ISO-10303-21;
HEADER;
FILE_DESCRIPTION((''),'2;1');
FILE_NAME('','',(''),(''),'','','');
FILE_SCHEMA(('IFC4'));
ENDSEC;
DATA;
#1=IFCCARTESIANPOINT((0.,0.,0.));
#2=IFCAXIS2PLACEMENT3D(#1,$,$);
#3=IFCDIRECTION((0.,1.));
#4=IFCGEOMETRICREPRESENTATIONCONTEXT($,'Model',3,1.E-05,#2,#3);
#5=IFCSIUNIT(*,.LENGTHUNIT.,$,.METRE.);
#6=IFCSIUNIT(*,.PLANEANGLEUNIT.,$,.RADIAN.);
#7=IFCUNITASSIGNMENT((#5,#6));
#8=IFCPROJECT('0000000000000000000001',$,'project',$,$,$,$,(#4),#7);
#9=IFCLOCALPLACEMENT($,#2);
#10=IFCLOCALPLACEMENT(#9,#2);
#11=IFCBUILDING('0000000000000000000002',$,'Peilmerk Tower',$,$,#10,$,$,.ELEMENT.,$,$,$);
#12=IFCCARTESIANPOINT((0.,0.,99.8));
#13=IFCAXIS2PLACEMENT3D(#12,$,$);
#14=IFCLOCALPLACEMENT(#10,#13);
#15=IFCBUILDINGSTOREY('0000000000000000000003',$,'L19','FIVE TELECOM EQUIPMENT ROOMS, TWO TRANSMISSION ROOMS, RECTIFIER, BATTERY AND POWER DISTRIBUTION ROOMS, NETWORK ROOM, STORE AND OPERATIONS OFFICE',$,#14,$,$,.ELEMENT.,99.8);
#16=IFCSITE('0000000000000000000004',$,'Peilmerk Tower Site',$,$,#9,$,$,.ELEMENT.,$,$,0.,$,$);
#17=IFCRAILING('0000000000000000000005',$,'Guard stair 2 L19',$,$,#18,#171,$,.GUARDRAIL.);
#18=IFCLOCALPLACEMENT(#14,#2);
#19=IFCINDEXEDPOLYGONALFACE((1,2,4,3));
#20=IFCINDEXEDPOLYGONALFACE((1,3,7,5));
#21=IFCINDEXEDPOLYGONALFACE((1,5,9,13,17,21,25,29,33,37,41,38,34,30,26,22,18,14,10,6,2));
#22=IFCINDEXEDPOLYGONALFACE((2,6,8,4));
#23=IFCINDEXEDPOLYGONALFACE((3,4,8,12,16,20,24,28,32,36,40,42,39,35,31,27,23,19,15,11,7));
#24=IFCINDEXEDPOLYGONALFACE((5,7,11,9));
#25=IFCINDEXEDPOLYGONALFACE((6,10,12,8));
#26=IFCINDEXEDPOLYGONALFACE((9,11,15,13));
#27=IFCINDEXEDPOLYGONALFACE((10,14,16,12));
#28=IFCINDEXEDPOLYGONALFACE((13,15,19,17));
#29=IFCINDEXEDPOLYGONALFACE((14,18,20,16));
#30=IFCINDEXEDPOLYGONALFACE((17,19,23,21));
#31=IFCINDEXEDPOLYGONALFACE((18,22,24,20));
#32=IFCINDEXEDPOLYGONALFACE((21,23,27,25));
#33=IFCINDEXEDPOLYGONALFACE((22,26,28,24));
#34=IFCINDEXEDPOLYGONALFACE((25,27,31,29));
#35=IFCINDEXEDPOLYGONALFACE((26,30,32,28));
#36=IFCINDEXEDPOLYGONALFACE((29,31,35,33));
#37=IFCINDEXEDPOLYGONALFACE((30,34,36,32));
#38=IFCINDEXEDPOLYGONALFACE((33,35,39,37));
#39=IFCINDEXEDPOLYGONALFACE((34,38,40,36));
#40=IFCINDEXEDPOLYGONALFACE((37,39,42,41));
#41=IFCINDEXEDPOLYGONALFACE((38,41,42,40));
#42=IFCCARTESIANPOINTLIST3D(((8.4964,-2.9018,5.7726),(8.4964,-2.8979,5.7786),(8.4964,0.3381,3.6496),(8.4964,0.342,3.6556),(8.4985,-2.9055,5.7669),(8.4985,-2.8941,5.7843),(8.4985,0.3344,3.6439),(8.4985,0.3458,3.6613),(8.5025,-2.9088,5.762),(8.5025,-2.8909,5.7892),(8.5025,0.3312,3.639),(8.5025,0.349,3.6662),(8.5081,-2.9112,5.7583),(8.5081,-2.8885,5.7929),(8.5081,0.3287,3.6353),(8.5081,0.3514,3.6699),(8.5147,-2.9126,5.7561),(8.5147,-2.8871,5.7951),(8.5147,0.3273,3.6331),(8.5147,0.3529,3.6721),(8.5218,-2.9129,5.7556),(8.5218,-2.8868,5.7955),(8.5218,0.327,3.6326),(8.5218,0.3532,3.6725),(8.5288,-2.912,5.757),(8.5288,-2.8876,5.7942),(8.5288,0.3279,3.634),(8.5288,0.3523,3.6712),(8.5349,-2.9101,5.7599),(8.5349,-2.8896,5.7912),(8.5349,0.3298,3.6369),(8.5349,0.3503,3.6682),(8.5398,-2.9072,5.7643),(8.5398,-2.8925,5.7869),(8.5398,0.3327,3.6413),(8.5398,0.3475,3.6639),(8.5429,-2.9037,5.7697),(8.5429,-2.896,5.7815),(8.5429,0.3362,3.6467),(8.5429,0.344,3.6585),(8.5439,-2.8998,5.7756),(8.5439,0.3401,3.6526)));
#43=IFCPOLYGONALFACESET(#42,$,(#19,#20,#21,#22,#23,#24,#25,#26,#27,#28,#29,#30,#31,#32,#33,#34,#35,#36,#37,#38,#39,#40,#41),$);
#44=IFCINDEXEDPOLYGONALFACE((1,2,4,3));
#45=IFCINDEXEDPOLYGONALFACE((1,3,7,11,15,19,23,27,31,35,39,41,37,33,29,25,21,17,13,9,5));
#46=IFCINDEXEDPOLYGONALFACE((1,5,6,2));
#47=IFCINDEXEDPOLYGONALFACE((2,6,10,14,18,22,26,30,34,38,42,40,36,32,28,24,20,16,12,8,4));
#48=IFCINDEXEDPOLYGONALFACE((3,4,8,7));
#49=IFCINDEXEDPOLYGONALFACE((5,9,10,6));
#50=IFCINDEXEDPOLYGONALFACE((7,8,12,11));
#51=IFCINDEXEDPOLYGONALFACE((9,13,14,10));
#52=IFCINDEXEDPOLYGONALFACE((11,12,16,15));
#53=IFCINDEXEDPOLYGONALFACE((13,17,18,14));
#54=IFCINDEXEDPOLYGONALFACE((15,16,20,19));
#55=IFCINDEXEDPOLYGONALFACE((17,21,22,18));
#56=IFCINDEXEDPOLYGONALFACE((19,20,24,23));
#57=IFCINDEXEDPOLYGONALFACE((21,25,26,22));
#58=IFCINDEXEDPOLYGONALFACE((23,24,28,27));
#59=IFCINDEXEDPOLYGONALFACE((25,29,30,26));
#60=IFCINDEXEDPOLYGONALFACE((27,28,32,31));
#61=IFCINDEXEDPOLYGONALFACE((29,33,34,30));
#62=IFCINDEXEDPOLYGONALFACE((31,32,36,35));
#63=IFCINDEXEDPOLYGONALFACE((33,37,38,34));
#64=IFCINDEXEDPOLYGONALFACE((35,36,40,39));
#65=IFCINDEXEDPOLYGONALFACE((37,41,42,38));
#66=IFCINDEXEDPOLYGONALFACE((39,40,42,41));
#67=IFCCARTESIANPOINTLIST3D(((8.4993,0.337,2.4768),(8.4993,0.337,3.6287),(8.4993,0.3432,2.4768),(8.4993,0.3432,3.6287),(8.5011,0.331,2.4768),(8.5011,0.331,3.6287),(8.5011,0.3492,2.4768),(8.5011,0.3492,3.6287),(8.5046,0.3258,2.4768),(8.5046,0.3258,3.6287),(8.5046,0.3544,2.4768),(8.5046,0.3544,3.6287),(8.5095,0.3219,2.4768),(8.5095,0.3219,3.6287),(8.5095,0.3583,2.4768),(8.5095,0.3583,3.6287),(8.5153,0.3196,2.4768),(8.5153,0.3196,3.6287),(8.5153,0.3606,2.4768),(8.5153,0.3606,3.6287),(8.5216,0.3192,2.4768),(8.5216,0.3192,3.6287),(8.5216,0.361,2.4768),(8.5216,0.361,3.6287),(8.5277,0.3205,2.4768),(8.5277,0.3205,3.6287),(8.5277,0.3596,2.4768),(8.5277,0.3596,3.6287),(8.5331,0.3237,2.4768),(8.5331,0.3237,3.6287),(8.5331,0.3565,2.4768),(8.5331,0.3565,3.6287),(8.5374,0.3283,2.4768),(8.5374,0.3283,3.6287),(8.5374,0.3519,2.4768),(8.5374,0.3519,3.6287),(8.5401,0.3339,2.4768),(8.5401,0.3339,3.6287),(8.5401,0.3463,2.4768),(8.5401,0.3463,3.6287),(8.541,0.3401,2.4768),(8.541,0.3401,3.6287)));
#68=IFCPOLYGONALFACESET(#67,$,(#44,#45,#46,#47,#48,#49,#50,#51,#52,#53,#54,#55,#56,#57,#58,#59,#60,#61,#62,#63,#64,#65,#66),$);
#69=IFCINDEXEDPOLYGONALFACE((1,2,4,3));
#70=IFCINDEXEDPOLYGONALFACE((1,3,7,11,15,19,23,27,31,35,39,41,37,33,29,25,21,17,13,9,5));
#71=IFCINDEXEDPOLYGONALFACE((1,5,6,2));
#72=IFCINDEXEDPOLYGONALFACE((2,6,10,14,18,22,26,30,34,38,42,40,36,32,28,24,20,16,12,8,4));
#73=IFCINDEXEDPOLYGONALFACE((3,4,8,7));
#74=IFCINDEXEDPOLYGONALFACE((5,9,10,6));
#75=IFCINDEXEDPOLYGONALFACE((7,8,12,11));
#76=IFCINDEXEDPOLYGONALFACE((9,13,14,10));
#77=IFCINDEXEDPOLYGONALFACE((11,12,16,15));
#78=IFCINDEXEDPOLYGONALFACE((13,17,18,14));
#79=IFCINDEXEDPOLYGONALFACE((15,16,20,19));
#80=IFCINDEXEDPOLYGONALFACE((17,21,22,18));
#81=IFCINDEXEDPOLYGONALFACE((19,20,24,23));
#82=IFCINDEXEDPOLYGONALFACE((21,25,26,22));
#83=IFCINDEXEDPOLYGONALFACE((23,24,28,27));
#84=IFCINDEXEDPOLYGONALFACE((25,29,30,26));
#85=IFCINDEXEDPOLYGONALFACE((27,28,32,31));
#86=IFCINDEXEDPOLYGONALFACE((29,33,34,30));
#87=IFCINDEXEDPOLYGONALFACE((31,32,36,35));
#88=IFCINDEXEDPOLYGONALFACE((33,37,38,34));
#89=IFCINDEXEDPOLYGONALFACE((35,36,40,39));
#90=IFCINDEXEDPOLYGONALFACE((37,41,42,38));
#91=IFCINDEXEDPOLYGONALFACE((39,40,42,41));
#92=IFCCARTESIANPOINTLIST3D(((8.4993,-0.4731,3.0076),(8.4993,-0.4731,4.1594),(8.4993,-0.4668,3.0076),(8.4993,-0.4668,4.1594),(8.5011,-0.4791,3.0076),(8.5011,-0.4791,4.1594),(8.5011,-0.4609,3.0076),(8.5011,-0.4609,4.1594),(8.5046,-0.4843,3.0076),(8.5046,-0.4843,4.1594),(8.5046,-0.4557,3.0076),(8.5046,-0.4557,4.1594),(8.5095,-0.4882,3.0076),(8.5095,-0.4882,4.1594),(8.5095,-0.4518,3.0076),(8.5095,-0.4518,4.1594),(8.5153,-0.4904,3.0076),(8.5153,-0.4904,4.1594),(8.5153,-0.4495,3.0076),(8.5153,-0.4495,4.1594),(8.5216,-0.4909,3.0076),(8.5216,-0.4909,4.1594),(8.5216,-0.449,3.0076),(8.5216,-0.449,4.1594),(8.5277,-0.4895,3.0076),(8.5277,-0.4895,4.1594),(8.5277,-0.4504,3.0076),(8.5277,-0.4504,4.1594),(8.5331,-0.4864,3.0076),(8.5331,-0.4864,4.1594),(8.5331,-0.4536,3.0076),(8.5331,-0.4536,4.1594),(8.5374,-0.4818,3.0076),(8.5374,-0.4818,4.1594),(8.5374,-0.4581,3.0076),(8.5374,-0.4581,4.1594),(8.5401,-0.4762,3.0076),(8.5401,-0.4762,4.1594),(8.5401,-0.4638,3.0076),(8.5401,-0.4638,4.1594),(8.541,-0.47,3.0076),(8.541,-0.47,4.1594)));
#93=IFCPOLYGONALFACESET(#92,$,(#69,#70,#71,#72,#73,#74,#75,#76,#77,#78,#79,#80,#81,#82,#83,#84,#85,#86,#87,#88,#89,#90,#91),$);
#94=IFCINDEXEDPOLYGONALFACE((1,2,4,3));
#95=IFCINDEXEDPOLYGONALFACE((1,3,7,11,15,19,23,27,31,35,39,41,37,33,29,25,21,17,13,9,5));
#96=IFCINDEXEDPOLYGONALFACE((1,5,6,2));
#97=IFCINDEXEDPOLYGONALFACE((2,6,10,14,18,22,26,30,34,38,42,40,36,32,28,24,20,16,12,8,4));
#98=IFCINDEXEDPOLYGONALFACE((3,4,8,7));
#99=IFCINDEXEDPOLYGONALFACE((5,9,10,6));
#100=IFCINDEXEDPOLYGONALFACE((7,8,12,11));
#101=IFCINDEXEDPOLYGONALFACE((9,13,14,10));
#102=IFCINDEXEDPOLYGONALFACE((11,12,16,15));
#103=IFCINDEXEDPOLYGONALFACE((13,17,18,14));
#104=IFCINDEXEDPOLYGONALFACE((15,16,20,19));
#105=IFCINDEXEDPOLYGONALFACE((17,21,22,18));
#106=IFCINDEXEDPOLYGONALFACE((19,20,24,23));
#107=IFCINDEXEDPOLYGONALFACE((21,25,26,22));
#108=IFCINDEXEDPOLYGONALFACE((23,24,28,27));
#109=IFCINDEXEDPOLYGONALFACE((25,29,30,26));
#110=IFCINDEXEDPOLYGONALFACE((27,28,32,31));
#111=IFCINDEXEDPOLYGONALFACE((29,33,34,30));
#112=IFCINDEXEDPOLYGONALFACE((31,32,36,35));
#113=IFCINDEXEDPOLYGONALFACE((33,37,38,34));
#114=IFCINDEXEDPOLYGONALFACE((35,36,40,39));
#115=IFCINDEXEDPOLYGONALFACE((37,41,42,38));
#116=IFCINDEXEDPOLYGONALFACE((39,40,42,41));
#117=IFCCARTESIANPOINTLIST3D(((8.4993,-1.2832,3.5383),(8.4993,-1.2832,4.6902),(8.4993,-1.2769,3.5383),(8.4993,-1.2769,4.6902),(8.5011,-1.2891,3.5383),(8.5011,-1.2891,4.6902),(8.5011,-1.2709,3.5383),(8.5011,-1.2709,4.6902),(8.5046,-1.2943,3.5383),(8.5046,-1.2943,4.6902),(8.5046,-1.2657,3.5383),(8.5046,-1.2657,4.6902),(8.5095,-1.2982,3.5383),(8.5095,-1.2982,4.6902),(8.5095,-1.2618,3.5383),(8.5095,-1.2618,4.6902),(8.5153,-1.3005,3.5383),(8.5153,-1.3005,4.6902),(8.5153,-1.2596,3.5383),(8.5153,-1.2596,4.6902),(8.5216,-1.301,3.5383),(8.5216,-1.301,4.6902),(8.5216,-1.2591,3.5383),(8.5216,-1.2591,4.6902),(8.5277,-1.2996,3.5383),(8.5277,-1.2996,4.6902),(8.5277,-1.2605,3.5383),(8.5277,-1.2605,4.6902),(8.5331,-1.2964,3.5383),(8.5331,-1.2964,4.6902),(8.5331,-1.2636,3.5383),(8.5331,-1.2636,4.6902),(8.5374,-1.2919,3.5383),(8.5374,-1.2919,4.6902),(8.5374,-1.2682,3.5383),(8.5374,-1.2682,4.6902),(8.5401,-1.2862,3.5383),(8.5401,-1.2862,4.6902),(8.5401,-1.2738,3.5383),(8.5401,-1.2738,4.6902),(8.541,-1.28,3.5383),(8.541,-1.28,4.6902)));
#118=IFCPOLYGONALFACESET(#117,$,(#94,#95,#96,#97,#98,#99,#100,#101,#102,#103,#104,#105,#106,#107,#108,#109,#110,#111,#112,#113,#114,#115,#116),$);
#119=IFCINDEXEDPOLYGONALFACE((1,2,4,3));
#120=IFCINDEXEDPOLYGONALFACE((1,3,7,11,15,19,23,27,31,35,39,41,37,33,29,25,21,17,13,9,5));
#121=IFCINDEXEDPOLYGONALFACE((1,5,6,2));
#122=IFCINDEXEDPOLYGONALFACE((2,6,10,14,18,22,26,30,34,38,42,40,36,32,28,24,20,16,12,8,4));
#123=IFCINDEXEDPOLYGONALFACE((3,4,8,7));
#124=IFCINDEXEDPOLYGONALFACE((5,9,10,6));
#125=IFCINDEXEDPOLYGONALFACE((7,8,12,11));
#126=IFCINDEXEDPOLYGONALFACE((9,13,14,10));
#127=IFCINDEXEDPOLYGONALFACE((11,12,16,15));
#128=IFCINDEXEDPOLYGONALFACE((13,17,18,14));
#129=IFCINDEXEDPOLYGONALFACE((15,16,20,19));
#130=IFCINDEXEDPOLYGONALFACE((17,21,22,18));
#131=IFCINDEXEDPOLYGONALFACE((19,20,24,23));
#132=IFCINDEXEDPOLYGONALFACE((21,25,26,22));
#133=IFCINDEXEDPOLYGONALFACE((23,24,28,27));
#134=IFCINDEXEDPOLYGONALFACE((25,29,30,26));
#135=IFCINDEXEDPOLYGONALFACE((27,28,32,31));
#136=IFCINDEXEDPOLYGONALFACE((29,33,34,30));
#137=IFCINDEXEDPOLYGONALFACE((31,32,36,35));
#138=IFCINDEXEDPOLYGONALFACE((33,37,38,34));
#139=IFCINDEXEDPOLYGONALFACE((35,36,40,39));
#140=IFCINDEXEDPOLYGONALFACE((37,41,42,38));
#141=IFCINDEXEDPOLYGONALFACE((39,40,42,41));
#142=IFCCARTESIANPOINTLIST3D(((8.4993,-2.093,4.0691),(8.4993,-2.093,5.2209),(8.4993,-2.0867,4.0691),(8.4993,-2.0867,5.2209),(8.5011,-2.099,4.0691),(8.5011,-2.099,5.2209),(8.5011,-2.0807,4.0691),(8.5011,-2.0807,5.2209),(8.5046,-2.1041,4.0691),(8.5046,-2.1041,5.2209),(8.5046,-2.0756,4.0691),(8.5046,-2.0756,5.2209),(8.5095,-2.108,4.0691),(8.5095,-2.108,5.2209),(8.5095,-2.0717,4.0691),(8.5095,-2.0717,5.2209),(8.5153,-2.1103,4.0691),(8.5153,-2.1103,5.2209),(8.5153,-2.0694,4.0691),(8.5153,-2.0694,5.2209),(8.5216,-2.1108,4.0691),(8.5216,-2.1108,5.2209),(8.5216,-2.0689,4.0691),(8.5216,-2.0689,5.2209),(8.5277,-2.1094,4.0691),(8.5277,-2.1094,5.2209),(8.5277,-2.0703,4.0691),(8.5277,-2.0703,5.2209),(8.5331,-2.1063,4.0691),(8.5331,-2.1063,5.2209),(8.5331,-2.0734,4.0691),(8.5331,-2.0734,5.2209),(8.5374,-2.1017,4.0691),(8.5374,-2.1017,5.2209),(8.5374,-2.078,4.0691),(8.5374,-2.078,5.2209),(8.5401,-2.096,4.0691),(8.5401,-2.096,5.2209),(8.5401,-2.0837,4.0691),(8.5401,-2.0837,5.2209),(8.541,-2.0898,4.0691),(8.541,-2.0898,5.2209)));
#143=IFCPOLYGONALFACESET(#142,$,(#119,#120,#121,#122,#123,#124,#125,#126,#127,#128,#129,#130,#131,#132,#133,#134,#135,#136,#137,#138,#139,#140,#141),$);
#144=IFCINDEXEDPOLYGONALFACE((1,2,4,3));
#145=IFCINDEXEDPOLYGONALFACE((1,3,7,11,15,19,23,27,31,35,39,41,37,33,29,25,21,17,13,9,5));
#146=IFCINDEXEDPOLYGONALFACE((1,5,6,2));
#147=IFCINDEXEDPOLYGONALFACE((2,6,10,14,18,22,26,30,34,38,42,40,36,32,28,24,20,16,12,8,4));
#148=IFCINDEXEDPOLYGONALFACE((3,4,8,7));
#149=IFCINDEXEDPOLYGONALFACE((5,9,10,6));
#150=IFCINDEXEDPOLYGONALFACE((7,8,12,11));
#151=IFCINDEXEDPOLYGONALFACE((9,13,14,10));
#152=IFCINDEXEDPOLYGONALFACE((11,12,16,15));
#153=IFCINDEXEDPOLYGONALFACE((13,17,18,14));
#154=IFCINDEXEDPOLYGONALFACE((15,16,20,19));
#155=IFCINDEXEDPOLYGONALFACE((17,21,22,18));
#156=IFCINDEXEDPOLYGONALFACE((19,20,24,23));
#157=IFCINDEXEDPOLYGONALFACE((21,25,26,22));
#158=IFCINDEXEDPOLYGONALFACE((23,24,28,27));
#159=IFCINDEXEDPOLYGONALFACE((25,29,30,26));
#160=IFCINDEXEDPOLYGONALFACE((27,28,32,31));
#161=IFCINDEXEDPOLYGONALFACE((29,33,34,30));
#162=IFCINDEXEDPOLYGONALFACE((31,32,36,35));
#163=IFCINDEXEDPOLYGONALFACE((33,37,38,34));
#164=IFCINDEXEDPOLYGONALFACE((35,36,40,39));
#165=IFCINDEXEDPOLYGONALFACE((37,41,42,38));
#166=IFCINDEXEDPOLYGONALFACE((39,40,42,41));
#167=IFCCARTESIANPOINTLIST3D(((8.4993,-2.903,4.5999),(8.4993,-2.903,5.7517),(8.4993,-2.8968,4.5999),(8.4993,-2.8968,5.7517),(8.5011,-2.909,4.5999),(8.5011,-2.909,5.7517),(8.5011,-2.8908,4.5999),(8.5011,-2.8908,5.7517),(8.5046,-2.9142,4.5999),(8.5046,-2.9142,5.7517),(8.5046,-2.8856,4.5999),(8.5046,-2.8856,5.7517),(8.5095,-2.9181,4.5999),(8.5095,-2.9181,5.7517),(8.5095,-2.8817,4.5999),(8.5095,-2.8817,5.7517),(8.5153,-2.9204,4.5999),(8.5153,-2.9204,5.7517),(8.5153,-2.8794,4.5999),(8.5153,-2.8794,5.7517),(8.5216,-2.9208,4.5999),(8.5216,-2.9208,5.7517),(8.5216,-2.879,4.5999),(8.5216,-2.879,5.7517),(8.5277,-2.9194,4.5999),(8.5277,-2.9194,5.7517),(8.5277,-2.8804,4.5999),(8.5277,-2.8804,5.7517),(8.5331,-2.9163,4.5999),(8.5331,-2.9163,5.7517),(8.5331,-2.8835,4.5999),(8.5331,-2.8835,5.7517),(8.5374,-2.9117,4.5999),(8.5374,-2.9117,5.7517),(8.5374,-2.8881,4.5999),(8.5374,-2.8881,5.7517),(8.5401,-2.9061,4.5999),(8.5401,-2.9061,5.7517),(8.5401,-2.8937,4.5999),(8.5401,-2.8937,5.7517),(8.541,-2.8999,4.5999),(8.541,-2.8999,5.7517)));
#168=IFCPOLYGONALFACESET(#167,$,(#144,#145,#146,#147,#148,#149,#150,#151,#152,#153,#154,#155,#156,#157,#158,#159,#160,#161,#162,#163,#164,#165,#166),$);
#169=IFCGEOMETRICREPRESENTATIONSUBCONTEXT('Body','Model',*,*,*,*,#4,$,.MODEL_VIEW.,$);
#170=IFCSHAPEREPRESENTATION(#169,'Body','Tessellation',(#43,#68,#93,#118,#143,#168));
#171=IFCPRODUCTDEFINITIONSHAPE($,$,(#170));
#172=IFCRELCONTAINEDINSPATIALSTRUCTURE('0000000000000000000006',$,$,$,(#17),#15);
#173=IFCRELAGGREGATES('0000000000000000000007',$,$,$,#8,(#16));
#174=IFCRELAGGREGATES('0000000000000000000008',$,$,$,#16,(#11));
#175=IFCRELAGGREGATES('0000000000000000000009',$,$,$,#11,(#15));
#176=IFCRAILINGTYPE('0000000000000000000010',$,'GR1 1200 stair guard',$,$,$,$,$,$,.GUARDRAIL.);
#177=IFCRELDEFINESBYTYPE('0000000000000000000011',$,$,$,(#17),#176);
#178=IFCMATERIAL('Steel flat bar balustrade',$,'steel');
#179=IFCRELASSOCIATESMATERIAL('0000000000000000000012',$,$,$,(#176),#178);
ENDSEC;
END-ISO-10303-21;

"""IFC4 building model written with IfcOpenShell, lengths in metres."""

from ifc_helpers import new_model, si_unit, direction, frame, origin, origin_2d, place, context, subcontext, project, spatial, circle, extrude, material, type_object, element, save


model = new_model("IFC4")

# Units and contexts
model_context = context("Model", 3, precision=1e-05, world=origin(), true_north=direction((0.0, 1.0)))
body_context = subcontext(model_context, "Body", "Model", "MODEL_VIEW")
ifc_project = project(units=[si_unit("LENGTHUNIT", "METRE"), si_unit("PLANEANGLEUNIT", "RADIAN")], contexts=[model_context])

# Site, building, storey
site_placement = place(None, origin())
site = spatial("IfcSite", under=ifc_project, at=site_placement, Name="Peilmerk Tower Site", CompositionType="ELEMENT", RefElevation=0.0)
building_placement = place(site_placement, origin())
building = spatial("IfcBuilding", under=site, at=building_placement, Name="Peilmerk Tower", CompositionType="ELEMENT")
storey_placement = place(building_placement, frame((0.0, 0.0, 99.8)))
storey = spatial("IfcBuildingStorey", under=building, at=storey_placement, Name="L19", Description="FIVE TELECOM EQUIPMENT ROOMS, TWO TRANSMISSION ROOMS, RECTIFIER, BATTERY AND POWER DISTRIBUTION ROOMS, NETWORK ROOM, STORE AND OPERATIONS OFFICE", CompositionType="ELEMENT", Elevation=99.8)

# Railing
ifc_material_1 = material(Name="Steel flat bar balustrade", Category="steel")
railing_type_1 = type_object("IfcRailingType", Name="GR1 1200 stair guard", PredefinedType="GUARDRAIL", material=ifc_material_1)
railing_1_placement = place(storey_placement, frame((8.52, 0.3401, 2.4768)))
element("IfcRailing", 1, at=railing_1_placement, inside=storey, type_object=railing_type_1, Name="Guard stair 2 L19", PredefinedType="GUARDRAIL", context=body_context, shape_type="SweptSolid", body=[
    extrude(circle(Radius=0.0239, at=origin_2d()), frame((0.0, 0.0, 1.1758), z_axis=(0.0, -0.836426, 0.548079), x_axis=(1.0, 0.0, 0.0)), (0.0, 0.0, 1.0), 3.8735),
    extrude(circle(Radius=0.021, at=origin_2d()), origin(), (0.0, 0.0, 1.0), 1.1519),
    extrude(circle(Radius=0.021, at=origin_2d()), frame((0.0, -0.8101, 0.5308)), (0.0, 0.0, 1.0), 1.1519),
    extrude(circle(Radius=0.021, at=origin_2d()), frame((0.0, -1.6201, 1.0615)), (0.0, 0.0, 1.0), 1.1519),
    extrude(circle(Radius=0.021, at=origin_2d()), frame((0.0, -2.4299, 1.5923)), (0.0, 0.0, 1.0), 1.1519),
    extrude(circle(Radius=0.021, at=origin_2d()), frame((0.0, -3.24, 2.123)), (0.0, 0.0, 1.0), 1.1519),
])

save(model, "model.ifc")
